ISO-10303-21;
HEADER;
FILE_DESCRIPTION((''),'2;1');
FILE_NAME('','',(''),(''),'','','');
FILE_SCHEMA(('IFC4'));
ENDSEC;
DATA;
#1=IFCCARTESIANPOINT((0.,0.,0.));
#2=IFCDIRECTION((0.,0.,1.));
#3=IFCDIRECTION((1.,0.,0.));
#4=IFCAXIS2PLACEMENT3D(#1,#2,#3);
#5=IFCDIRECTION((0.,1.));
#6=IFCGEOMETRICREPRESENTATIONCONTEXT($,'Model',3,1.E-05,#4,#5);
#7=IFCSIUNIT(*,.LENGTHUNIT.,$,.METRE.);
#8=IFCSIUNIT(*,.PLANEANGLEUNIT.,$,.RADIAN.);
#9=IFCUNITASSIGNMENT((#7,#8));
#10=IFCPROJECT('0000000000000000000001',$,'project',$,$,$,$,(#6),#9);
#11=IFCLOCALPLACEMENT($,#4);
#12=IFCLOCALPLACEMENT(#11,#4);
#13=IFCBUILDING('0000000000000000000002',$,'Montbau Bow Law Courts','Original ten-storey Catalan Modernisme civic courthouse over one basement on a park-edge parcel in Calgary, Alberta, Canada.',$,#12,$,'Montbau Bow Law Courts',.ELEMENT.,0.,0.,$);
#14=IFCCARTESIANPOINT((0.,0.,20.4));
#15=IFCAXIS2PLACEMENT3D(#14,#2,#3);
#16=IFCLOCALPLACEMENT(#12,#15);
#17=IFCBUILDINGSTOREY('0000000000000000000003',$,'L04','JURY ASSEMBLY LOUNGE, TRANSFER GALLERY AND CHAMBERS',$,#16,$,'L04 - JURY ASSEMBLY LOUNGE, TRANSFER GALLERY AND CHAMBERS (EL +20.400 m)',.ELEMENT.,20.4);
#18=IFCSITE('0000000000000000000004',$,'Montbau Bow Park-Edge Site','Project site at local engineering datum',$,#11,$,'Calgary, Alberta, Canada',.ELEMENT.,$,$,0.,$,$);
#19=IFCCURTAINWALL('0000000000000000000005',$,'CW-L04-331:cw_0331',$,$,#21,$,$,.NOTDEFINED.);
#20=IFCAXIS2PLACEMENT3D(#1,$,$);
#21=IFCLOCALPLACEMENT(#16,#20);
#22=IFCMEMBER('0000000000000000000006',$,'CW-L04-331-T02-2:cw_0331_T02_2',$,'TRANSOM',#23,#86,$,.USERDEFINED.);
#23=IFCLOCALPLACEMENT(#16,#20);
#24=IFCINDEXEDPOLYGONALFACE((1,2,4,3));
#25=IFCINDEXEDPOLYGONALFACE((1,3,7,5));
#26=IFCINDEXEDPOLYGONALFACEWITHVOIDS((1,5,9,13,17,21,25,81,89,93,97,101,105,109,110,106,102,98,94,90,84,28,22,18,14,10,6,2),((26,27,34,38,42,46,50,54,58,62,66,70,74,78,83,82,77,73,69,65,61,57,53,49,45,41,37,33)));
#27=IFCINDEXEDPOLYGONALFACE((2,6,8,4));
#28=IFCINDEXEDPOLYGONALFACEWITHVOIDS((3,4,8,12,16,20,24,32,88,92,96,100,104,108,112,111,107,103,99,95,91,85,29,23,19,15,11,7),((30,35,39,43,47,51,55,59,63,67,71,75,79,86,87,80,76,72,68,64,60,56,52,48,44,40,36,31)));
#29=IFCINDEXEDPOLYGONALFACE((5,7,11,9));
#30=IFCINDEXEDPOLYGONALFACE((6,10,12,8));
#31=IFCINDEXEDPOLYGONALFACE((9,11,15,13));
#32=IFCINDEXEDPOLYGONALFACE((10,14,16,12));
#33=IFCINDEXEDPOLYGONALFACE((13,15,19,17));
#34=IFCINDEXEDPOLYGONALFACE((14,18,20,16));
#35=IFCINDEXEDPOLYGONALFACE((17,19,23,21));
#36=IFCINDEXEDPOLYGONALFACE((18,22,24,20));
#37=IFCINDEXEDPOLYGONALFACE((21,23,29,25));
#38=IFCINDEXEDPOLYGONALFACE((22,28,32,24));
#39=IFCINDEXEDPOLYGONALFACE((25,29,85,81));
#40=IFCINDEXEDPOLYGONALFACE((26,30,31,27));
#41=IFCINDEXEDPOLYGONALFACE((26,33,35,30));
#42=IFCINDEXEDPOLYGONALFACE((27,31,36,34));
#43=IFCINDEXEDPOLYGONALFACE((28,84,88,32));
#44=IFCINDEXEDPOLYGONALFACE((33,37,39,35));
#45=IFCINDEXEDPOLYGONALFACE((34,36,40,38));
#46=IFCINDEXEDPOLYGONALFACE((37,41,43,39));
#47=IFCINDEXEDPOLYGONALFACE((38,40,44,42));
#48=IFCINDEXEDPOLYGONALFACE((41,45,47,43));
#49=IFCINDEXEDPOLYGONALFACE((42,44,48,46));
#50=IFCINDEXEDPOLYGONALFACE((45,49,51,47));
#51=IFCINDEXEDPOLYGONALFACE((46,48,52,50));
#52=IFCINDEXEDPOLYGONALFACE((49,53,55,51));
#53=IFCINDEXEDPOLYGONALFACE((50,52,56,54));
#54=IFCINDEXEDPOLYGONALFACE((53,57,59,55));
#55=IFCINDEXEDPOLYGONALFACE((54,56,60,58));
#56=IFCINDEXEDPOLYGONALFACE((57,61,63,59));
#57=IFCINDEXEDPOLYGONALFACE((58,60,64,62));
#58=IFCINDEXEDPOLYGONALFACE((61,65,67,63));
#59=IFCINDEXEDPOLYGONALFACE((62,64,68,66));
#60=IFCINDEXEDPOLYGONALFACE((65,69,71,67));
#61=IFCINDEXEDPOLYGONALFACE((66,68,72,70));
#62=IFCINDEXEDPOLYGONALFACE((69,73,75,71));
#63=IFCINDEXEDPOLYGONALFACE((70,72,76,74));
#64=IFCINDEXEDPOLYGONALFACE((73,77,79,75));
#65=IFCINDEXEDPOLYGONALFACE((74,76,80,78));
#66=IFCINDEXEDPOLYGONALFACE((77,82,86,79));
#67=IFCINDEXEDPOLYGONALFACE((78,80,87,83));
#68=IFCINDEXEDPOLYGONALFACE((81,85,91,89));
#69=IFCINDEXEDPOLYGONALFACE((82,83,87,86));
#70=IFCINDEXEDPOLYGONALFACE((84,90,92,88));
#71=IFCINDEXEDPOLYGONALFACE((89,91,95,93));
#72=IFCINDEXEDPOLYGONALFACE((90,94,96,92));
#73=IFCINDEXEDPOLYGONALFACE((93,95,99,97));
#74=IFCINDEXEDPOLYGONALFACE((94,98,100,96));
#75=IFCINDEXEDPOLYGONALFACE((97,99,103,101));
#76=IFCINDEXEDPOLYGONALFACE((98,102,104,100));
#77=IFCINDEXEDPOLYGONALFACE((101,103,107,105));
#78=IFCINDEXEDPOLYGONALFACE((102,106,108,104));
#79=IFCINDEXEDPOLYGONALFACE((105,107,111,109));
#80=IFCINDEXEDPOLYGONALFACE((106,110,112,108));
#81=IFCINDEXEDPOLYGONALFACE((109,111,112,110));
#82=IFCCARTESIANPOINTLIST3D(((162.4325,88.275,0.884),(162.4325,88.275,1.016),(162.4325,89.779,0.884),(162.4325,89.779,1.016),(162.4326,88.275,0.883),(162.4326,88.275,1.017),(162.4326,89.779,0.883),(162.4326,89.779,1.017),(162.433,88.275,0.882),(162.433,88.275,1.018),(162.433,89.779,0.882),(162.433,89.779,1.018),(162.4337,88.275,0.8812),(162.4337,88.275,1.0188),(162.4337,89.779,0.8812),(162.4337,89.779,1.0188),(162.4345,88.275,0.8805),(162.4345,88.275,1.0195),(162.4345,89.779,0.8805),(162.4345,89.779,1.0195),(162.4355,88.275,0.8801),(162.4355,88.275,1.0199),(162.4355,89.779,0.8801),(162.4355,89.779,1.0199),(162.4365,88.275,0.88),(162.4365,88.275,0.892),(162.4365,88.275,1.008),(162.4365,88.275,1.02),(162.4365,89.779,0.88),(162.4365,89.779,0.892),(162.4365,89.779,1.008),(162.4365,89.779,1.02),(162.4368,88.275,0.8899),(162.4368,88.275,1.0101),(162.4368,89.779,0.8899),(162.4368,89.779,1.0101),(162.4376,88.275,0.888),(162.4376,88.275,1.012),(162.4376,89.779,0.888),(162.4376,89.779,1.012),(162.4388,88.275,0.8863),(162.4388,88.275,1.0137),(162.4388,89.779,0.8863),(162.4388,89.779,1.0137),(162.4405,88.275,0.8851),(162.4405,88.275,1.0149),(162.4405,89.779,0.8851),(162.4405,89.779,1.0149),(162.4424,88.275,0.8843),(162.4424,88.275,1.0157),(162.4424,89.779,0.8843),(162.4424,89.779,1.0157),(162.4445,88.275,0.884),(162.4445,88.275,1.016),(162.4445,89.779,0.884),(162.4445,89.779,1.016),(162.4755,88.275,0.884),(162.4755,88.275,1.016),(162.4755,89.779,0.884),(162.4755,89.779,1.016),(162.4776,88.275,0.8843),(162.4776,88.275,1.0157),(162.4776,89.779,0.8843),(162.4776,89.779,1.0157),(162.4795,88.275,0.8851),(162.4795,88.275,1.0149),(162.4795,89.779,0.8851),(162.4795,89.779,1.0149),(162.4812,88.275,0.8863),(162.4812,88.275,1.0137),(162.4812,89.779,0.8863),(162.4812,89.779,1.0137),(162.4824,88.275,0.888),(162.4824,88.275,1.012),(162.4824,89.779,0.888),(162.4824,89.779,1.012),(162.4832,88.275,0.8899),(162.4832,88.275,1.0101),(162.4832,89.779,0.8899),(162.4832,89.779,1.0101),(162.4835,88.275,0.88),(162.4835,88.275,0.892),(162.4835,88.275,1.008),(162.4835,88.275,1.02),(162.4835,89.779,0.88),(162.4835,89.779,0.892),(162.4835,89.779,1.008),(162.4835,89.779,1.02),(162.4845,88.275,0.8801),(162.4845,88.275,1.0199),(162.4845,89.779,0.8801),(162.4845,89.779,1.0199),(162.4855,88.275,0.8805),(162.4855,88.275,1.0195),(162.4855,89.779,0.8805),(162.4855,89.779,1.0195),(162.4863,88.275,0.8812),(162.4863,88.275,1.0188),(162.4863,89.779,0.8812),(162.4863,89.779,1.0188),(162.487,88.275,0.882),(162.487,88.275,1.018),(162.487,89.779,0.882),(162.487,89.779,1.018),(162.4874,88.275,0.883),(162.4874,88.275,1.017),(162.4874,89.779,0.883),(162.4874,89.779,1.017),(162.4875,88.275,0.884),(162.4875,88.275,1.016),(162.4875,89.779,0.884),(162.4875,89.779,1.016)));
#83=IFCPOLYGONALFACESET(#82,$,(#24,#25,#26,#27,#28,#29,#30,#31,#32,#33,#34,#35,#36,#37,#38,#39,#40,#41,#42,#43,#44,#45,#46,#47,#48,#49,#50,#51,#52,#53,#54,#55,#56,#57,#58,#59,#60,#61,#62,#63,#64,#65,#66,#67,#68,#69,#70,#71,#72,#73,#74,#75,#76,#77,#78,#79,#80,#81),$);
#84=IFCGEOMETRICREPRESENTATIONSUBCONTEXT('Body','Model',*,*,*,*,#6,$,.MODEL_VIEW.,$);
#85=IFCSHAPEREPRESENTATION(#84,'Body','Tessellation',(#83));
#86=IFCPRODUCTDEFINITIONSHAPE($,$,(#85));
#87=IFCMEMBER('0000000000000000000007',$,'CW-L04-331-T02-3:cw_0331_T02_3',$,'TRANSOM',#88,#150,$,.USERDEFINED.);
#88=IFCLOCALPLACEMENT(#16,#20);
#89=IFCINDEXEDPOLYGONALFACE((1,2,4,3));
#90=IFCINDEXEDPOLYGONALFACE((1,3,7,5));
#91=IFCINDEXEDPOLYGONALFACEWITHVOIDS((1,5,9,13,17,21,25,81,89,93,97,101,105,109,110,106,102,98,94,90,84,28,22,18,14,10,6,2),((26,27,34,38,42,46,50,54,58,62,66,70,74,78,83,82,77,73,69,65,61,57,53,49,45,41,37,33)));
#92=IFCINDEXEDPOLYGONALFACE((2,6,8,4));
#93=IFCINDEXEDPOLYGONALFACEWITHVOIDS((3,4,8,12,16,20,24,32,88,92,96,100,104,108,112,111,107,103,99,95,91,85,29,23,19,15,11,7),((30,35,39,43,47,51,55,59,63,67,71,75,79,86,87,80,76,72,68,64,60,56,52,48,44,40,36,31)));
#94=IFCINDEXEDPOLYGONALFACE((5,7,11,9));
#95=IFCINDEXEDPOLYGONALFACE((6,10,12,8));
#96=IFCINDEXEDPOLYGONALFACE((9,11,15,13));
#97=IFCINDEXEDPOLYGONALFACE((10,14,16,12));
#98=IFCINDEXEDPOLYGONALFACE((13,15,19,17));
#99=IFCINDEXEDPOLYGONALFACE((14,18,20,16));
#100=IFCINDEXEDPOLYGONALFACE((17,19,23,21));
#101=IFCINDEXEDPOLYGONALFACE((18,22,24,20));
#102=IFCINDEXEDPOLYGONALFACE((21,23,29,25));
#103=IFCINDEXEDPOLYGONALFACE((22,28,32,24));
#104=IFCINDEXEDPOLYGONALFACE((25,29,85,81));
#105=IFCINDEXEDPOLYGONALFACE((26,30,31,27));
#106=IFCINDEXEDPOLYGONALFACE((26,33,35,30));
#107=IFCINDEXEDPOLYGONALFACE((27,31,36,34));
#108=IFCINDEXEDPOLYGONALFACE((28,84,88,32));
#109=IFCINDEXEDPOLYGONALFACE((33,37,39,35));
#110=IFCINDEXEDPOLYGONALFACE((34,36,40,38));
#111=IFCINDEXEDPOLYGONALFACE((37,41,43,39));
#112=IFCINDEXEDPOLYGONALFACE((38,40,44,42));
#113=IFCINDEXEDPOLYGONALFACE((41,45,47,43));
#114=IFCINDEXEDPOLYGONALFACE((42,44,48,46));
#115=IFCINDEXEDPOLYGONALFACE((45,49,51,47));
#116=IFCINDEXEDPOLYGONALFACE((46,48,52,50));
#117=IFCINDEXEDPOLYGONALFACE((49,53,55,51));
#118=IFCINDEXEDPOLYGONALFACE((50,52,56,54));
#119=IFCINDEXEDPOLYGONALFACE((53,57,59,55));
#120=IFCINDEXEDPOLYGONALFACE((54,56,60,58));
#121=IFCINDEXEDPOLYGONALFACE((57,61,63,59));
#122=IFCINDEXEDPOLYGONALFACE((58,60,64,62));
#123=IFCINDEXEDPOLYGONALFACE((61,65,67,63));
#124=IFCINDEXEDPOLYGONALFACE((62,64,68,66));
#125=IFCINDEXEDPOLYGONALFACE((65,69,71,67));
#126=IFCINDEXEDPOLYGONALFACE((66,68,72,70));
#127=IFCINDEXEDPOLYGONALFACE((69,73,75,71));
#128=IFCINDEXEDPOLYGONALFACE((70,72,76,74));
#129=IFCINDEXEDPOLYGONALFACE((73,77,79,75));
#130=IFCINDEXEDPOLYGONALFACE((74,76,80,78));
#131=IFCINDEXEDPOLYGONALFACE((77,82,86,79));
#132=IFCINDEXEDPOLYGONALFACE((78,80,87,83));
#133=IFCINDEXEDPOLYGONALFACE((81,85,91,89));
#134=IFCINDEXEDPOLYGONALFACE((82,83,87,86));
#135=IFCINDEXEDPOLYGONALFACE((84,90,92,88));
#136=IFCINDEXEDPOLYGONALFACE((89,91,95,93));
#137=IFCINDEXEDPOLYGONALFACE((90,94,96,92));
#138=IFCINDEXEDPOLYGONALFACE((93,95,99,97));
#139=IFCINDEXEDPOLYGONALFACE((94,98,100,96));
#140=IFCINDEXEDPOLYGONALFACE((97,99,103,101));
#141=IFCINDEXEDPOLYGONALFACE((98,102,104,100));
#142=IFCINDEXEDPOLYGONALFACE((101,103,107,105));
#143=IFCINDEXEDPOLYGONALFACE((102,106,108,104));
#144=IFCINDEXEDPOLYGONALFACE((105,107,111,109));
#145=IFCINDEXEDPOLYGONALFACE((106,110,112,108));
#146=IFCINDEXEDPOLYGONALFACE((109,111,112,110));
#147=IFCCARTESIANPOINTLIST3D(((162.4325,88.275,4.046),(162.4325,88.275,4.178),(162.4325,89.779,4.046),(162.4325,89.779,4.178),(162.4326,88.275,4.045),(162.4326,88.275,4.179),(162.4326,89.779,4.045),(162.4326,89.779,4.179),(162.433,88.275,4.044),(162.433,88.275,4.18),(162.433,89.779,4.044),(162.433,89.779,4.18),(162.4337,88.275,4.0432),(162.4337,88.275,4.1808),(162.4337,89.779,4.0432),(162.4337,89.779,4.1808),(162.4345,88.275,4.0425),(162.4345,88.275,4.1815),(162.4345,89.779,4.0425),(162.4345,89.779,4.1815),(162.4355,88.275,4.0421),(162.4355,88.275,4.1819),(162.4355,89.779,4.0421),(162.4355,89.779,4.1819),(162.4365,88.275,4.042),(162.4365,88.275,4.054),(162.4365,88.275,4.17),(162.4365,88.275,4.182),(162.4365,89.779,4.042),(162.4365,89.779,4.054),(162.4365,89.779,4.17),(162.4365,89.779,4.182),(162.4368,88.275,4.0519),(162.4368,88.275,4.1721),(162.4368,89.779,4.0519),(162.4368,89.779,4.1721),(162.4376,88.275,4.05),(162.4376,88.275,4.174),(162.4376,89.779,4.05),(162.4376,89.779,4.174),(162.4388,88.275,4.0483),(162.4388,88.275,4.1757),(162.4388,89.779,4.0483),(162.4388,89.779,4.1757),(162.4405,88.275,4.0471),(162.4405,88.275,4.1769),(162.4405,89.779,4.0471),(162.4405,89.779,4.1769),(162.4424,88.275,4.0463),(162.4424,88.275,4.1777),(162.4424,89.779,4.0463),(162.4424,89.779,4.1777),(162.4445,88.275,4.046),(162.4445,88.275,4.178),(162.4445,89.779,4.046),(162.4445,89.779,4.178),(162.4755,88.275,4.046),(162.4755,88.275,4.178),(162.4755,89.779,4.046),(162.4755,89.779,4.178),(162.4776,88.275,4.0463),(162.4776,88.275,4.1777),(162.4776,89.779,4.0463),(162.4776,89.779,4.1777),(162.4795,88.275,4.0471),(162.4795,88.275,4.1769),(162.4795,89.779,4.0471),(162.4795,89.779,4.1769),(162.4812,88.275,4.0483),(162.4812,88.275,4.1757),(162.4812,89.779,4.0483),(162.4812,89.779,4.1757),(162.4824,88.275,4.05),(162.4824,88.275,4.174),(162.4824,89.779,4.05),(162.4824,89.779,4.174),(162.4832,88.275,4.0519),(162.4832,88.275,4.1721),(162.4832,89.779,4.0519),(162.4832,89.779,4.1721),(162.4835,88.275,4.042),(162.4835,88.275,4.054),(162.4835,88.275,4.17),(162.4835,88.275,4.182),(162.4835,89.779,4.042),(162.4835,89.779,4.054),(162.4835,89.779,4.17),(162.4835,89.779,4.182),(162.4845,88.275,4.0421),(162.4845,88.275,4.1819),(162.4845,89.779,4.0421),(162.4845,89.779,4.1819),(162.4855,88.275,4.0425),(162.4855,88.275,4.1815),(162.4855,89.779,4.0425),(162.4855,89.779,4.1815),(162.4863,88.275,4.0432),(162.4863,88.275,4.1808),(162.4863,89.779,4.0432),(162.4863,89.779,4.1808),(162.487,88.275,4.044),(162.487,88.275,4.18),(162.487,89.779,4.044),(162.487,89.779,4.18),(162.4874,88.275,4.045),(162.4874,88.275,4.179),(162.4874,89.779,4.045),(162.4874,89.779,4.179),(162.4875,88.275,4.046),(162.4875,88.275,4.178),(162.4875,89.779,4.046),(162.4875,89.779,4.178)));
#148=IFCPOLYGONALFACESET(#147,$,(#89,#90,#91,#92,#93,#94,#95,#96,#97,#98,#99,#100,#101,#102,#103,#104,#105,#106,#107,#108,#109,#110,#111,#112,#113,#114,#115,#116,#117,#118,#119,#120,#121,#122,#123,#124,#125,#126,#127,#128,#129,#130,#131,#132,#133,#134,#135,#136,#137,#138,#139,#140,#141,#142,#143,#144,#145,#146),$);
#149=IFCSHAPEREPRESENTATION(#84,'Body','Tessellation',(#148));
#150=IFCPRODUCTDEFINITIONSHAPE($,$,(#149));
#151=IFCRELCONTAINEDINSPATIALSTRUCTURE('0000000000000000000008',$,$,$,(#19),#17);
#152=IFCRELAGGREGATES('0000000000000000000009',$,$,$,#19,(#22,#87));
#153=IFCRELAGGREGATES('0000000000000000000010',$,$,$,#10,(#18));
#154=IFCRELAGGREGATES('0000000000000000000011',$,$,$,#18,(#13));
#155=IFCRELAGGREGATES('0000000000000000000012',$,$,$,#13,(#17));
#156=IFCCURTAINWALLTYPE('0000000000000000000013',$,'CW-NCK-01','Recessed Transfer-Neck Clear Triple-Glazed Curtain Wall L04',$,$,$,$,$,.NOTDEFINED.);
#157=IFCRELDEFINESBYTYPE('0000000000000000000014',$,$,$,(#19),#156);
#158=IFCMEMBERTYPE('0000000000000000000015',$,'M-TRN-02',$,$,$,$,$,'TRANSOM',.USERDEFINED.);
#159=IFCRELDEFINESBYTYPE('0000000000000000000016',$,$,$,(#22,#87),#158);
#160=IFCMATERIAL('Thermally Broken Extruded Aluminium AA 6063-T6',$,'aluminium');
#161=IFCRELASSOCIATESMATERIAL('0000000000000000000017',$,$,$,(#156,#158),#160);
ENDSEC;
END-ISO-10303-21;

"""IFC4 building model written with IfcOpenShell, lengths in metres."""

from ifc_helpers import new_model, si_unit, direction, frame, origin_with_axes, origin_2d_with_axis, place, context, subcontext, project, spatial, hollow_rectangle, extrude, material, material_profile, profile_set, type_object, element, aggregate, save


model = new_model("IFC4")

# Units and contexts
model_context = context("Model", 3, precision=1e-05, world=origin_with_axes(), true_north=direction((0.0, 1.0)))
body_context = subcontext(model_context, "Body", "Model", "MODEL_VIEW")
ifc_project = project(units=[si_unit("LENGTHUNIT", "METRE"), si_unit("PLANEANGLEUNIT", "RADIAN")], contexts=[model_context])

# Site, building, storey
site_placement = place(None, origin_with_axes())
site = spatial("IfcSite", under=ifc_project, at=site_placement, Name="Montbau Bow Park-Edge Site", Description="Project site at local engineering datum", LongName="Calgary, Alberta, Canada", CompositionType="ELEMENT", RefElevation=0.0)
building_placement = place(site_placement, origin_with_axes())
building = spatial("IfcBuilding", under=site, at=building_placement, Name="Montbau Bow Law Courts", Description="Original ten-storey Catalan Modernisme civic courthouse over one basement on a park-edge parcel in Calgary, Alberta, Canada.", LongName="Montbau Bow Law Courts", CompositionType="ELEMENT", ElevationOfRefHeight=0.0, ElevationOfTerrain=0.0)
storey_placement = place(building_placement, frame((0.0, 0.0, 20.4), z_axis=(0.0, 0.0, 1.0), x_axis=(1.0, 0.0, 0.0)))
storey = spatial("IfcBuildingStorey", under=building, at=storey_placement, Name="L04", Description="JURY ASSEMBLY LOUNGE, TRANSFER GALLERY AND CHAMBERS", LongName="L04 - JURY ASSEMBLY LOUNGE, TRANSFER GALLERY AND CHAMBERS (EL +20.400 m)", CompositionType="ELEMENT", Elevation=20.4)

# Shared definitions
ifc_material_1 = material(Name="Thermally Broken Extruded Aluminium AA 6063-T6", Category="aluminium")
curtain_wall_type = type_object("IfcCurtainWallType", Name="CW-NCK-01", Description="Recessed Transfer-Neck Clear Triple-Glazed Curtain Wall L04", PredefinedType="NOTDEFINED", material=ifc_material_1)

# Curtain wall, members
curtain_wall_1_placement = place(None, frame((162.46, 86.668, 20.4), z_axis=(0.0, 0.0, 1.0), x_axis=(1.0, 0.0, 0.0)))
curtain_wall_1 = element("IfcCurtainWall", 1, at=curtain_wall_1_placement, inside=storey, type_object=curtain_wall_type, Name="CW-L04-331:cw_0331", PredefinedType="NOTDEFINED")
ifc_material_profile_1 = material_profile(ifc_material_1, hollow_rectangle(XDim=0.055, YDim=0.14, WallThickness=0.004, InnerFilletRadius=0.008, OuterFilletRadius=0.004, at=origin_2d_with_axis()), Name="CWT-140X55", Category="Main", Priority=0)
ifc_profile_set_1 = profile_set([ifc_material_profile_1], Name="Thermally Broken Extruded Aluminium AA 6063-T6")
member_type_1 = type_object("IfcMemberType", Name="M-TRN-02", ElementType="TRANSOM", PredefinedType="USERDEFINED", material=ifc_profile_set_1)
member_1_placement = place(None, frame((162.46, 88.275, 21.35), z_axis=(0.0, 1.0, 0.0), x_axis=(-1.0, 0.0, 0.0)))
member_1 = element("IfcMember", 2, at=member_1_placement, type_object=member_type_1, Name="CW-L04-331-T02-2:cw_0331_T02_2", ObjectType="TRANSOM", PredefinedType="USERDEFINED", context=body_context, shape_type="SweptSolid", body=[
    extrude(hollow_rectangle(XDim=0.055, YDim=0.14, WallThickness=0.004, InnerFilletRadius=0.008, OuterFilletRadius=0.004, at=origin_2d_with_axis()), origin_with_axes(), (0.0, 0.0, 1.0), 1.504),
])
member_2_placement = place(None, frame((162.46, 88.275, 24.512), z_axis=(0.0, 1.0, 0.0), x_axis=(-1.0, 0.0, 0.0)))
member_2 = element("IfcMember", 3, at=member_2_placement, type_object=member_type_1, Name="CW-L04-331-T02-3:cw_0331_T02_3", ObjectType="TRANSOM", PredefinedType="USERDEFINED", context=body_context, shape_type="SweptSolid", body=[
    extrude(hollow_rectangle(XDim=0.055, YDim=0.14, WallThickness=0.004, InnerFilletRadius=0.008, OuterFilletRadius=0.004, at=origin_2d_with_axis()), origin_with_axes(), (0.0, 0.0, 1.0), 1.504),
])
aggregate(curtain_wall_1, [member_1, member_2])

save(model, "model.ifc")
